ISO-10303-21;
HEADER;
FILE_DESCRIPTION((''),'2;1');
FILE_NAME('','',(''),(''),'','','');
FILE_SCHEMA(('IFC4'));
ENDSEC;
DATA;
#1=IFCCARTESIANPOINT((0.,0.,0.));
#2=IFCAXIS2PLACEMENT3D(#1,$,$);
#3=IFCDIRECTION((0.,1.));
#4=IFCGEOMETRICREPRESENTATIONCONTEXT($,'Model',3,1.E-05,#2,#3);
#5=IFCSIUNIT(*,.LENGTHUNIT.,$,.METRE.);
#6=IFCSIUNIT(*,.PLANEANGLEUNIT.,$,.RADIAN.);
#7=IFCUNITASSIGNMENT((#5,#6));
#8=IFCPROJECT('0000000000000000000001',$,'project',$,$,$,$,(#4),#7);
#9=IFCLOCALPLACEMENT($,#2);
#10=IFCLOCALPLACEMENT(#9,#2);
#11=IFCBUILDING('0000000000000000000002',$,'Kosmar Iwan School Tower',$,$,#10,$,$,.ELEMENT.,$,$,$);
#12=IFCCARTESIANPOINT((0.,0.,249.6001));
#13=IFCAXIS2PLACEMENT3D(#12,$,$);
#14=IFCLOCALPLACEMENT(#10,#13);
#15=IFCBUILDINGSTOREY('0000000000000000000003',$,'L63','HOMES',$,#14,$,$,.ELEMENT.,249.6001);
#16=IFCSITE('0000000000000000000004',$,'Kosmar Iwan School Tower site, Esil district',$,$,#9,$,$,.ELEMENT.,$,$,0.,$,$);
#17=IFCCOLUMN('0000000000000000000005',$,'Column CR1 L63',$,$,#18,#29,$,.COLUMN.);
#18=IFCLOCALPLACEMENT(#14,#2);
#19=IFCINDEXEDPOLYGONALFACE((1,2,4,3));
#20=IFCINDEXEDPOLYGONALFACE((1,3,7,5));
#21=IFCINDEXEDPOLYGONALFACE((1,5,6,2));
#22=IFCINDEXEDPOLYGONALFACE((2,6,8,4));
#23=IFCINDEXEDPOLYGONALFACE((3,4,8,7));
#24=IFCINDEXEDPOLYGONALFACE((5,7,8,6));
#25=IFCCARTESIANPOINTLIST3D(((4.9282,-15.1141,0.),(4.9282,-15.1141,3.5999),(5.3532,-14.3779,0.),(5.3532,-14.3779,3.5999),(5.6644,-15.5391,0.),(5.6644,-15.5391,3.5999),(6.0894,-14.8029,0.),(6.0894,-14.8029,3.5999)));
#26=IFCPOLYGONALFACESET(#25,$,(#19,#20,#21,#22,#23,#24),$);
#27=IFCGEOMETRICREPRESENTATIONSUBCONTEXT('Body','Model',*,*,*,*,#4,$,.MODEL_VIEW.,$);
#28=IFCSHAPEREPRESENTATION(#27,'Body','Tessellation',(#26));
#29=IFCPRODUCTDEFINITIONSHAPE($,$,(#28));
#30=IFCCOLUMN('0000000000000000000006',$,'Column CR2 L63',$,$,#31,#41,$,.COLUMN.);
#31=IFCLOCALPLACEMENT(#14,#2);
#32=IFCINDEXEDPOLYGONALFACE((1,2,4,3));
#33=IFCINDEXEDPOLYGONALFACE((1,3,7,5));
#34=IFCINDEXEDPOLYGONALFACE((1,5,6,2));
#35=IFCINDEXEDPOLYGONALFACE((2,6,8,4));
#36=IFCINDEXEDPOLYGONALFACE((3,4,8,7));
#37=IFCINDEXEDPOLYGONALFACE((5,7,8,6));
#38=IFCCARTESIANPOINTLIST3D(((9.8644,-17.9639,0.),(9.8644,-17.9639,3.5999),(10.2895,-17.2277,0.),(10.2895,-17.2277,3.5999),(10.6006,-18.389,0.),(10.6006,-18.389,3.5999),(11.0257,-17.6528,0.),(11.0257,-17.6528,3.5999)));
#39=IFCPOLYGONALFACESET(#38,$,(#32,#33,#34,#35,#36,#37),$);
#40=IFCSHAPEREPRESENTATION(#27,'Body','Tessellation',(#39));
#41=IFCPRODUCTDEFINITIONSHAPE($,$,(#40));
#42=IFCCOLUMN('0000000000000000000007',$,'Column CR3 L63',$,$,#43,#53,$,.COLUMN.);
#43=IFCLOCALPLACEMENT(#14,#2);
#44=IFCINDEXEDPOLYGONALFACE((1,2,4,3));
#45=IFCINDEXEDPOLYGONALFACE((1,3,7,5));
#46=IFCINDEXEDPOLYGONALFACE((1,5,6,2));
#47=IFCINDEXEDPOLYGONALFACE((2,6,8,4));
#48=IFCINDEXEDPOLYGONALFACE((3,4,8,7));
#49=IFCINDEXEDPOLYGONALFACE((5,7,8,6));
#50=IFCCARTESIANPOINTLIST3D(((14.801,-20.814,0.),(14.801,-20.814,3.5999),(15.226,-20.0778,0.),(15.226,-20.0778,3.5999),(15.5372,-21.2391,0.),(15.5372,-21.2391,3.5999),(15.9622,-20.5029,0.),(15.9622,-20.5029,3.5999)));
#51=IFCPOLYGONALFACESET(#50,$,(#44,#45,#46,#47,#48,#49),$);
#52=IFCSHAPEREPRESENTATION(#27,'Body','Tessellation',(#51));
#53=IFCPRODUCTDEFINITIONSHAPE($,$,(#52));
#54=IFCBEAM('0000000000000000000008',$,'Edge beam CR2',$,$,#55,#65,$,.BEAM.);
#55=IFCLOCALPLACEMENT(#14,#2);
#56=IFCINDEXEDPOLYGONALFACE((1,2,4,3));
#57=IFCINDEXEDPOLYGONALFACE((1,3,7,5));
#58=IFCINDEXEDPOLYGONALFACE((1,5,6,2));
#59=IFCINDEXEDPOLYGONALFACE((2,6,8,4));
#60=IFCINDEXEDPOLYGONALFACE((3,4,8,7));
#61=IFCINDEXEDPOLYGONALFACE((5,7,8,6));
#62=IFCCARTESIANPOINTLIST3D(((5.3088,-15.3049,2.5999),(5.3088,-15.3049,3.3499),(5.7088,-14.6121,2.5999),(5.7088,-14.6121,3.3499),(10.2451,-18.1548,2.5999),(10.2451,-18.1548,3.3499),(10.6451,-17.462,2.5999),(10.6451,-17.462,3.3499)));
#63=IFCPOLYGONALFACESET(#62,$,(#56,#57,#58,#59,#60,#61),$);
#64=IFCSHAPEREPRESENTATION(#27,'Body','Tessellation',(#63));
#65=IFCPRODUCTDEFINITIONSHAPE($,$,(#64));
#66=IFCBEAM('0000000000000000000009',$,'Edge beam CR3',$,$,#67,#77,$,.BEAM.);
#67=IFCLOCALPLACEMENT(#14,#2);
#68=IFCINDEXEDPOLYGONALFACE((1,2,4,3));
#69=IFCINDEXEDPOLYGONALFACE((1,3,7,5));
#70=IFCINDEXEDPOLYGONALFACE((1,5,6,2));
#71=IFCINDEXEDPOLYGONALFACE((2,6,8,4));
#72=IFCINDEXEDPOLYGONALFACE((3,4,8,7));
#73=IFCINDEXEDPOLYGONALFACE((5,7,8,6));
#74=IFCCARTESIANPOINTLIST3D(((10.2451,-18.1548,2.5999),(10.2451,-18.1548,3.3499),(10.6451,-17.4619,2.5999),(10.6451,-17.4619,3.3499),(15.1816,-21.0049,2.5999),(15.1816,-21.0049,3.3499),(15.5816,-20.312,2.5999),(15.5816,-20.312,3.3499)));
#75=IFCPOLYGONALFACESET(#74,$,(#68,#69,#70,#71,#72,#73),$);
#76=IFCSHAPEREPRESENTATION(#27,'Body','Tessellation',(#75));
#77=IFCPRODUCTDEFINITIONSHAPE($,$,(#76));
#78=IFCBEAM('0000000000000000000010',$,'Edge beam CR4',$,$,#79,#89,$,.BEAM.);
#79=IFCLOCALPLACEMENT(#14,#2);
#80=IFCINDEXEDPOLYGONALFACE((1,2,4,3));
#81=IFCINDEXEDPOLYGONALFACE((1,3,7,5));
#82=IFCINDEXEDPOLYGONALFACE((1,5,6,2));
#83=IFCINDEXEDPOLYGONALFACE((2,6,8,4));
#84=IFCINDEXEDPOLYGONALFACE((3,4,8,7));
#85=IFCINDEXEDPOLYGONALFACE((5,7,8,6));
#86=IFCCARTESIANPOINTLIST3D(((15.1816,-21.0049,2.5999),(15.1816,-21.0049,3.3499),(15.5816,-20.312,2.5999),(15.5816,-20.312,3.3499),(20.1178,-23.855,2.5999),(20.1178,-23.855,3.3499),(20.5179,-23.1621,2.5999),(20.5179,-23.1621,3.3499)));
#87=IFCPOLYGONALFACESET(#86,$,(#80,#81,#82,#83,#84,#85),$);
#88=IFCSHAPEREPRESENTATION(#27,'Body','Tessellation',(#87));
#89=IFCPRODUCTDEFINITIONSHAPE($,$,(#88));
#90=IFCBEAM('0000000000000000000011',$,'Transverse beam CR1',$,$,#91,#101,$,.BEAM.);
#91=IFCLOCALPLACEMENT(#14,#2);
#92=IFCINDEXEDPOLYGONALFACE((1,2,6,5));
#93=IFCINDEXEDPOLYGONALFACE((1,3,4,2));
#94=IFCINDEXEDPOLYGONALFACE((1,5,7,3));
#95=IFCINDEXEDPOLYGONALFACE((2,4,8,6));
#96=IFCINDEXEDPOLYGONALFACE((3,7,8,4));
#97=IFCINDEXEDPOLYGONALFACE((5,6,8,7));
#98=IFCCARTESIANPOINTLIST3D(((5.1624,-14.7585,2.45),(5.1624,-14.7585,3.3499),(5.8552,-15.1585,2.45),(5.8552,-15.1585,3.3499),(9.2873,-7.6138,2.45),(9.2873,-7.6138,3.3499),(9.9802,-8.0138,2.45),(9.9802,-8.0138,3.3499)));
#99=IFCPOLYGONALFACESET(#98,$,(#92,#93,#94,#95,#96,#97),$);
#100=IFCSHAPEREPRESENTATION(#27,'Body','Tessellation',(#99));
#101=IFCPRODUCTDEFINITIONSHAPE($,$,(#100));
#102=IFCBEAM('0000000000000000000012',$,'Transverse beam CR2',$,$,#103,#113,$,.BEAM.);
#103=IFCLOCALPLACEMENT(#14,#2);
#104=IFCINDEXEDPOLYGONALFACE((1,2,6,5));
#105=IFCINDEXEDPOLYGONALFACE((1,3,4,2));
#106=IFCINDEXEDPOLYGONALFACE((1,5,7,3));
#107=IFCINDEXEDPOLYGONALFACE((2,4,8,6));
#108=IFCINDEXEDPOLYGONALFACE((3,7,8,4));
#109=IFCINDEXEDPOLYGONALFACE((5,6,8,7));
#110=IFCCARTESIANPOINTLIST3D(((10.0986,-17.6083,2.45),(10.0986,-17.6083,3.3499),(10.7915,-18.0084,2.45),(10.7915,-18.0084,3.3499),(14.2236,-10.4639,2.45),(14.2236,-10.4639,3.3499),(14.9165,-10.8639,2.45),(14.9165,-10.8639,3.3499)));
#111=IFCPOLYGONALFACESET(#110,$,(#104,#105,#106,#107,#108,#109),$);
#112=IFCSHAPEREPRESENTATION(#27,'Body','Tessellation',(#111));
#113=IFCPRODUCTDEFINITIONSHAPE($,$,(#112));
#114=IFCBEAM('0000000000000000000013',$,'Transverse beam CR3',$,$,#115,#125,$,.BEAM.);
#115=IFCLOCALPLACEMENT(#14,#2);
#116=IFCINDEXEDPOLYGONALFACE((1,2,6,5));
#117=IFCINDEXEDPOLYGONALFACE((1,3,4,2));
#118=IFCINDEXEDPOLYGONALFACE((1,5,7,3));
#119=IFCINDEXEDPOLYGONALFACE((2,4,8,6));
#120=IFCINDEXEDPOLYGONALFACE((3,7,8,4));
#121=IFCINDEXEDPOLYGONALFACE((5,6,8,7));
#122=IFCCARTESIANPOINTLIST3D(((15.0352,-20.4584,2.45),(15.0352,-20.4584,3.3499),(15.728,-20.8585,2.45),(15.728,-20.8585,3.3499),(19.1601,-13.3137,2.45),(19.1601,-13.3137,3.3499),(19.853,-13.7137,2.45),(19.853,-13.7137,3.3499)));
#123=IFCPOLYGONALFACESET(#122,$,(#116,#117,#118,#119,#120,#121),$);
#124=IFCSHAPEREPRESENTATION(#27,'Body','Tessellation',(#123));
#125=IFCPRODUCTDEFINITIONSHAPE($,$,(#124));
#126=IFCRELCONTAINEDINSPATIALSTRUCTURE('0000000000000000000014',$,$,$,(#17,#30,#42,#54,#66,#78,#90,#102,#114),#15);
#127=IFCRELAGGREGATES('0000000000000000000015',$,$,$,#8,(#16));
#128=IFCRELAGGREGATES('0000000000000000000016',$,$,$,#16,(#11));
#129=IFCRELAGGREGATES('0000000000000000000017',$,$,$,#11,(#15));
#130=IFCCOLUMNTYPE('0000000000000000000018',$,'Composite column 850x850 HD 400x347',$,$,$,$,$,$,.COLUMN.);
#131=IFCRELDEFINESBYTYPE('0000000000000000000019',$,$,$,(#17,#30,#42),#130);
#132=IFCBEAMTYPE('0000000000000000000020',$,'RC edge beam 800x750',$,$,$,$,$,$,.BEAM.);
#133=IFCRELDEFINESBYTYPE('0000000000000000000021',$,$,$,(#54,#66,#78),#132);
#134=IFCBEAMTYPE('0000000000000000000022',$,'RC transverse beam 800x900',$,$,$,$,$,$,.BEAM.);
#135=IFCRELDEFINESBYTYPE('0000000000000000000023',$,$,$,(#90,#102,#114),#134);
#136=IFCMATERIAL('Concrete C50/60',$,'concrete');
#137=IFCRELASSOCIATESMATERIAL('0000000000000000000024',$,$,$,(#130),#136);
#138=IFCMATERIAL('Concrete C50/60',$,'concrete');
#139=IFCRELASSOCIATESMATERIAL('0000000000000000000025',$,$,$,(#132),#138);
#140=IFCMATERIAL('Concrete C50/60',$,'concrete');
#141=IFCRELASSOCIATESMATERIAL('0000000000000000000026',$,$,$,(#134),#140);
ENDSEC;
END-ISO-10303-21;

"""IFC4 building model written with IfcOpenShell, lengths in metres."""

from ifc_helpers import new_model, si_unit, direction, frame, origin, origin_2d, place, context, subcontext, project, spatial, rectangle, extrude, material, material_profile, profile_set, type_object, element, save


model = new_model("IFC4")

# Units and contexts
model_context = context("Model", 3, precision=1e-05, world=origin(), true_north=direction((0.0, 1.0)))
body_context = subcontext(model_context, "Body", "Model", "MODEL_VIEW")
ifc_project = project(units=[si_unit("LENGTHUNIT", "METRE"), si_unit("PLANEANGLEUNIT", "RADIAN")], contexts=[model_context])

# Site, building, storey
site_placement = place(None, origin())
site = spatial("IfcSite", under=ifc_project, at=site_placement, Name="Kosmar Iwan School Tower site, Esil district", CompositionType="ELEMENT", RefElevation=0.0)
building_placement = place(site_placement, origin())
building = spatial("IfcBuilding", under=site, at=building_placement, Name="Kosmar Iwan School Tower", CompositionType="ELEMENT")
storey_placement = place(building_placement, frame((0.0, 0.0, 249.6001)))
storey = spatial("IfcBuildingStorey", under=building, at=storey_placement, Name="L63", Description="HOMES", CompositionType="ELEMENT", Elevation=249.6001)

# Columns
ifc_material_1 = material(Name="Concrete C50/60", Category="concrete")
ifc_material_profile_1 = material_profile(ifc_material_1, rectangle(XDim=0.8501, YDim=0.8501, at=origin_2d()), Name="RC 850x850 + HD 400x347")
ifc_profile_set_1 = profile_set([ifc_material_profile_1], Name="Concrete C50/60")
column_type = type_object("IfcColumnType", Name="Composite column 850x850 HD 400x347", PredefinedType="COLUMN", material=ifc_profile_set_1)
for number, where, z_axis, x_axis, name in (
    (1, (5.5088, -14.9585, 0.0), (0.0, 0.0, 1.0), (0.866025, -0.5, 0.0), "Column CR1 L63"),
    (2, (10.4451, -17.8083, 0.0), (0.0, 0.0, 1.0), (0.866025, -0.5, 0.0), "Column CR2 L63"),
    (3, (15.3816, -20.6584, 0.0), (0.0, 0.0, 1.0), (0.866025, -0.5, 0.0), "Column CR3 L63"),
):
    element("IfcColumn", number, at=place(storey_placement, frame(where, z_axis=z_axis, x_axis=x_axis)), inside=storey, type_object=column_type, Name=name, PredefinedType="COLUMN", context=body_context, shape_type="SweptSolid", body=[
        extrude(rectangle(XDim=0.8501, YDim=0.8501, at=origin_2d()), origin(), (0.0, 0.0, 1.0), 3.5999),
    ])

# Beams
ifc_material_2 = material(Name="Concrete C50/60", Category="concrete")
ifc_material_profile_2 = material_profile(ifc_material_2, rectangle(XDim=0.8, YDim=0.75, at=origin_2d()), Name="RC 800x750")
ifc_profile_set_2 = profile_set([ifc_material_profile_2], Name="Concrete C50/60")
beam_type_1 = type_object("IfcBeamType", Name="RC edge beam 800x750", PredefinedType="BEAM", material=ifc_profile_set_2)
beam_1_placement = place(storey_placement, frame((5.5088, -14.9585, 2.9749), z_axis=(0.866034, -0.499986, 0.0), x_axis=(0.499986, 0.866034, 0.0)))
element("IfcBeam", 4, at=beam_1_placement, inside=storey, type_object=beam_type_1, Name="Edge beam CR2", PredefinedType="BEAM", context=body_context, shape_type="SweptSolid", body=[
    extrude(rectangle(XDim=0.8, YDim=0.75, at=origin_2d()), origin(), (0.0, 0.0, 1.0), 5.7),
])
beam_2_placement = place(storey_placement, frame((10.4451, -17.8083, 2.9749), z_axis=(0.866026, -0.499999, 0.0), x_axis=(0.499999, 0.866026, 0.0)))
element("IfcBeam", 5, at=beam_2_placement, inside=storey, type_object=beam_type_1, Name="Edge beam CR3", PredefinedType="BEAM", context=body_context, shape_type="SweptSolid", body=[
    extrude(rectangle(XDim=0.8, YDim=0.75, at=origin_2d()), origin(), (0.0, 0.0, 1.0), 5.7002),
])
beam_3_placement = place(storey_placement, frame((15.3816, -20.6584, 2.9749), z_axis=(0.866015, -0.500018, 0.0), x_axis=(0.500018, 0.866015, 0.0)))
element("IfcBeam", 6, at=beam_3_placement, inside=storey, type_object=beam_type_1, Name="Edge beam CR4", PredefinedType="BEAM", context=body_context, shape_type="SweptSolid", body=[
    extrude(rectangle(XDim=0.8, YDim=0.75, at=origin_2d()), origin(), (0.0, 0.0, 1.0), 5.7),
])
ifc_material_3 = material(Name="Concrete C50/60", Category="concrete")
ifc_material_profile_3 = material_profile(ifc_material_3, rectangle(XDim=0.8, YDim=0.8999, at=origin_2d()), Name="RC 800x900")
ifc_profile_set_3 = profile_set([ifc_material_profile_3], Name="Concrete C50/60")
beam_type_2 = type_object("IfcBeamType", Name="RC transverse beam 800x900", PredefinedType="BEAM", material=ifc_profile_set_3)
beam_4_placement = place(storey_placement, frame((5.5088, -14.9585, 2.8999), z_axis=(0.499997, 0.866027, 0.0), x_axis=(-0.866027, 0.499997, 0.0)))
element("IfcBeam", 7, at=beam_4_placement, inside=storey, type_object=beam_type_2, Name="Transverse beam CR1", PredefinedType="BEAM", context=body_context, shape_type="SweptSolid", body=[
    extrude(rectangle(XDim=0.8, YDim=0.8999, at=origin_2d()), origin(), (0.0, 0.0, 1.0), 8.25),
])
beam_5_placement = place(storey_placement, frame((10.4451, -17.8083, 2.8999), z_axis=(0.500009, 0.86602, 0.0), x_axis=(-0.86602, 0.500009, 0.0)))
element("IfcBeam", 8, at=beam_5_placement, inside=storey, type_object=beam_type_2, Name="Transverse beam CR2", PredefinedType="BEAM", context=body_context, shape_type="SweptSolid", body=[
    extrude(rectangle(XDim=0.8, YDim=0.8999, at=origin_2d()), origin(), (0.0, 0.0, 1.0), 8.2498),
])
beam_6_placement = place(storey_placement, frame((15.3816, -20.6584, 2.8999), z_axis=(0.499997, 0.866027, 0.0), x_axis=(-0.866027, 0.499997, 0.0)))
element("IfcBeam", 9, at=beam_6_placement, inside=storey, type_object=beam_type_2, Name="Transverse beam CR3", PredefinedType="BEAM", context=body_context, shape_type="SweptSolid", body=[
    extrude(rectangle(XDim=0.8, YDim=0.8999, at=origin_2d()), origin(), (0.0, 0.0, 1.0), 8.25),
])

save(model, "model.ifc")
